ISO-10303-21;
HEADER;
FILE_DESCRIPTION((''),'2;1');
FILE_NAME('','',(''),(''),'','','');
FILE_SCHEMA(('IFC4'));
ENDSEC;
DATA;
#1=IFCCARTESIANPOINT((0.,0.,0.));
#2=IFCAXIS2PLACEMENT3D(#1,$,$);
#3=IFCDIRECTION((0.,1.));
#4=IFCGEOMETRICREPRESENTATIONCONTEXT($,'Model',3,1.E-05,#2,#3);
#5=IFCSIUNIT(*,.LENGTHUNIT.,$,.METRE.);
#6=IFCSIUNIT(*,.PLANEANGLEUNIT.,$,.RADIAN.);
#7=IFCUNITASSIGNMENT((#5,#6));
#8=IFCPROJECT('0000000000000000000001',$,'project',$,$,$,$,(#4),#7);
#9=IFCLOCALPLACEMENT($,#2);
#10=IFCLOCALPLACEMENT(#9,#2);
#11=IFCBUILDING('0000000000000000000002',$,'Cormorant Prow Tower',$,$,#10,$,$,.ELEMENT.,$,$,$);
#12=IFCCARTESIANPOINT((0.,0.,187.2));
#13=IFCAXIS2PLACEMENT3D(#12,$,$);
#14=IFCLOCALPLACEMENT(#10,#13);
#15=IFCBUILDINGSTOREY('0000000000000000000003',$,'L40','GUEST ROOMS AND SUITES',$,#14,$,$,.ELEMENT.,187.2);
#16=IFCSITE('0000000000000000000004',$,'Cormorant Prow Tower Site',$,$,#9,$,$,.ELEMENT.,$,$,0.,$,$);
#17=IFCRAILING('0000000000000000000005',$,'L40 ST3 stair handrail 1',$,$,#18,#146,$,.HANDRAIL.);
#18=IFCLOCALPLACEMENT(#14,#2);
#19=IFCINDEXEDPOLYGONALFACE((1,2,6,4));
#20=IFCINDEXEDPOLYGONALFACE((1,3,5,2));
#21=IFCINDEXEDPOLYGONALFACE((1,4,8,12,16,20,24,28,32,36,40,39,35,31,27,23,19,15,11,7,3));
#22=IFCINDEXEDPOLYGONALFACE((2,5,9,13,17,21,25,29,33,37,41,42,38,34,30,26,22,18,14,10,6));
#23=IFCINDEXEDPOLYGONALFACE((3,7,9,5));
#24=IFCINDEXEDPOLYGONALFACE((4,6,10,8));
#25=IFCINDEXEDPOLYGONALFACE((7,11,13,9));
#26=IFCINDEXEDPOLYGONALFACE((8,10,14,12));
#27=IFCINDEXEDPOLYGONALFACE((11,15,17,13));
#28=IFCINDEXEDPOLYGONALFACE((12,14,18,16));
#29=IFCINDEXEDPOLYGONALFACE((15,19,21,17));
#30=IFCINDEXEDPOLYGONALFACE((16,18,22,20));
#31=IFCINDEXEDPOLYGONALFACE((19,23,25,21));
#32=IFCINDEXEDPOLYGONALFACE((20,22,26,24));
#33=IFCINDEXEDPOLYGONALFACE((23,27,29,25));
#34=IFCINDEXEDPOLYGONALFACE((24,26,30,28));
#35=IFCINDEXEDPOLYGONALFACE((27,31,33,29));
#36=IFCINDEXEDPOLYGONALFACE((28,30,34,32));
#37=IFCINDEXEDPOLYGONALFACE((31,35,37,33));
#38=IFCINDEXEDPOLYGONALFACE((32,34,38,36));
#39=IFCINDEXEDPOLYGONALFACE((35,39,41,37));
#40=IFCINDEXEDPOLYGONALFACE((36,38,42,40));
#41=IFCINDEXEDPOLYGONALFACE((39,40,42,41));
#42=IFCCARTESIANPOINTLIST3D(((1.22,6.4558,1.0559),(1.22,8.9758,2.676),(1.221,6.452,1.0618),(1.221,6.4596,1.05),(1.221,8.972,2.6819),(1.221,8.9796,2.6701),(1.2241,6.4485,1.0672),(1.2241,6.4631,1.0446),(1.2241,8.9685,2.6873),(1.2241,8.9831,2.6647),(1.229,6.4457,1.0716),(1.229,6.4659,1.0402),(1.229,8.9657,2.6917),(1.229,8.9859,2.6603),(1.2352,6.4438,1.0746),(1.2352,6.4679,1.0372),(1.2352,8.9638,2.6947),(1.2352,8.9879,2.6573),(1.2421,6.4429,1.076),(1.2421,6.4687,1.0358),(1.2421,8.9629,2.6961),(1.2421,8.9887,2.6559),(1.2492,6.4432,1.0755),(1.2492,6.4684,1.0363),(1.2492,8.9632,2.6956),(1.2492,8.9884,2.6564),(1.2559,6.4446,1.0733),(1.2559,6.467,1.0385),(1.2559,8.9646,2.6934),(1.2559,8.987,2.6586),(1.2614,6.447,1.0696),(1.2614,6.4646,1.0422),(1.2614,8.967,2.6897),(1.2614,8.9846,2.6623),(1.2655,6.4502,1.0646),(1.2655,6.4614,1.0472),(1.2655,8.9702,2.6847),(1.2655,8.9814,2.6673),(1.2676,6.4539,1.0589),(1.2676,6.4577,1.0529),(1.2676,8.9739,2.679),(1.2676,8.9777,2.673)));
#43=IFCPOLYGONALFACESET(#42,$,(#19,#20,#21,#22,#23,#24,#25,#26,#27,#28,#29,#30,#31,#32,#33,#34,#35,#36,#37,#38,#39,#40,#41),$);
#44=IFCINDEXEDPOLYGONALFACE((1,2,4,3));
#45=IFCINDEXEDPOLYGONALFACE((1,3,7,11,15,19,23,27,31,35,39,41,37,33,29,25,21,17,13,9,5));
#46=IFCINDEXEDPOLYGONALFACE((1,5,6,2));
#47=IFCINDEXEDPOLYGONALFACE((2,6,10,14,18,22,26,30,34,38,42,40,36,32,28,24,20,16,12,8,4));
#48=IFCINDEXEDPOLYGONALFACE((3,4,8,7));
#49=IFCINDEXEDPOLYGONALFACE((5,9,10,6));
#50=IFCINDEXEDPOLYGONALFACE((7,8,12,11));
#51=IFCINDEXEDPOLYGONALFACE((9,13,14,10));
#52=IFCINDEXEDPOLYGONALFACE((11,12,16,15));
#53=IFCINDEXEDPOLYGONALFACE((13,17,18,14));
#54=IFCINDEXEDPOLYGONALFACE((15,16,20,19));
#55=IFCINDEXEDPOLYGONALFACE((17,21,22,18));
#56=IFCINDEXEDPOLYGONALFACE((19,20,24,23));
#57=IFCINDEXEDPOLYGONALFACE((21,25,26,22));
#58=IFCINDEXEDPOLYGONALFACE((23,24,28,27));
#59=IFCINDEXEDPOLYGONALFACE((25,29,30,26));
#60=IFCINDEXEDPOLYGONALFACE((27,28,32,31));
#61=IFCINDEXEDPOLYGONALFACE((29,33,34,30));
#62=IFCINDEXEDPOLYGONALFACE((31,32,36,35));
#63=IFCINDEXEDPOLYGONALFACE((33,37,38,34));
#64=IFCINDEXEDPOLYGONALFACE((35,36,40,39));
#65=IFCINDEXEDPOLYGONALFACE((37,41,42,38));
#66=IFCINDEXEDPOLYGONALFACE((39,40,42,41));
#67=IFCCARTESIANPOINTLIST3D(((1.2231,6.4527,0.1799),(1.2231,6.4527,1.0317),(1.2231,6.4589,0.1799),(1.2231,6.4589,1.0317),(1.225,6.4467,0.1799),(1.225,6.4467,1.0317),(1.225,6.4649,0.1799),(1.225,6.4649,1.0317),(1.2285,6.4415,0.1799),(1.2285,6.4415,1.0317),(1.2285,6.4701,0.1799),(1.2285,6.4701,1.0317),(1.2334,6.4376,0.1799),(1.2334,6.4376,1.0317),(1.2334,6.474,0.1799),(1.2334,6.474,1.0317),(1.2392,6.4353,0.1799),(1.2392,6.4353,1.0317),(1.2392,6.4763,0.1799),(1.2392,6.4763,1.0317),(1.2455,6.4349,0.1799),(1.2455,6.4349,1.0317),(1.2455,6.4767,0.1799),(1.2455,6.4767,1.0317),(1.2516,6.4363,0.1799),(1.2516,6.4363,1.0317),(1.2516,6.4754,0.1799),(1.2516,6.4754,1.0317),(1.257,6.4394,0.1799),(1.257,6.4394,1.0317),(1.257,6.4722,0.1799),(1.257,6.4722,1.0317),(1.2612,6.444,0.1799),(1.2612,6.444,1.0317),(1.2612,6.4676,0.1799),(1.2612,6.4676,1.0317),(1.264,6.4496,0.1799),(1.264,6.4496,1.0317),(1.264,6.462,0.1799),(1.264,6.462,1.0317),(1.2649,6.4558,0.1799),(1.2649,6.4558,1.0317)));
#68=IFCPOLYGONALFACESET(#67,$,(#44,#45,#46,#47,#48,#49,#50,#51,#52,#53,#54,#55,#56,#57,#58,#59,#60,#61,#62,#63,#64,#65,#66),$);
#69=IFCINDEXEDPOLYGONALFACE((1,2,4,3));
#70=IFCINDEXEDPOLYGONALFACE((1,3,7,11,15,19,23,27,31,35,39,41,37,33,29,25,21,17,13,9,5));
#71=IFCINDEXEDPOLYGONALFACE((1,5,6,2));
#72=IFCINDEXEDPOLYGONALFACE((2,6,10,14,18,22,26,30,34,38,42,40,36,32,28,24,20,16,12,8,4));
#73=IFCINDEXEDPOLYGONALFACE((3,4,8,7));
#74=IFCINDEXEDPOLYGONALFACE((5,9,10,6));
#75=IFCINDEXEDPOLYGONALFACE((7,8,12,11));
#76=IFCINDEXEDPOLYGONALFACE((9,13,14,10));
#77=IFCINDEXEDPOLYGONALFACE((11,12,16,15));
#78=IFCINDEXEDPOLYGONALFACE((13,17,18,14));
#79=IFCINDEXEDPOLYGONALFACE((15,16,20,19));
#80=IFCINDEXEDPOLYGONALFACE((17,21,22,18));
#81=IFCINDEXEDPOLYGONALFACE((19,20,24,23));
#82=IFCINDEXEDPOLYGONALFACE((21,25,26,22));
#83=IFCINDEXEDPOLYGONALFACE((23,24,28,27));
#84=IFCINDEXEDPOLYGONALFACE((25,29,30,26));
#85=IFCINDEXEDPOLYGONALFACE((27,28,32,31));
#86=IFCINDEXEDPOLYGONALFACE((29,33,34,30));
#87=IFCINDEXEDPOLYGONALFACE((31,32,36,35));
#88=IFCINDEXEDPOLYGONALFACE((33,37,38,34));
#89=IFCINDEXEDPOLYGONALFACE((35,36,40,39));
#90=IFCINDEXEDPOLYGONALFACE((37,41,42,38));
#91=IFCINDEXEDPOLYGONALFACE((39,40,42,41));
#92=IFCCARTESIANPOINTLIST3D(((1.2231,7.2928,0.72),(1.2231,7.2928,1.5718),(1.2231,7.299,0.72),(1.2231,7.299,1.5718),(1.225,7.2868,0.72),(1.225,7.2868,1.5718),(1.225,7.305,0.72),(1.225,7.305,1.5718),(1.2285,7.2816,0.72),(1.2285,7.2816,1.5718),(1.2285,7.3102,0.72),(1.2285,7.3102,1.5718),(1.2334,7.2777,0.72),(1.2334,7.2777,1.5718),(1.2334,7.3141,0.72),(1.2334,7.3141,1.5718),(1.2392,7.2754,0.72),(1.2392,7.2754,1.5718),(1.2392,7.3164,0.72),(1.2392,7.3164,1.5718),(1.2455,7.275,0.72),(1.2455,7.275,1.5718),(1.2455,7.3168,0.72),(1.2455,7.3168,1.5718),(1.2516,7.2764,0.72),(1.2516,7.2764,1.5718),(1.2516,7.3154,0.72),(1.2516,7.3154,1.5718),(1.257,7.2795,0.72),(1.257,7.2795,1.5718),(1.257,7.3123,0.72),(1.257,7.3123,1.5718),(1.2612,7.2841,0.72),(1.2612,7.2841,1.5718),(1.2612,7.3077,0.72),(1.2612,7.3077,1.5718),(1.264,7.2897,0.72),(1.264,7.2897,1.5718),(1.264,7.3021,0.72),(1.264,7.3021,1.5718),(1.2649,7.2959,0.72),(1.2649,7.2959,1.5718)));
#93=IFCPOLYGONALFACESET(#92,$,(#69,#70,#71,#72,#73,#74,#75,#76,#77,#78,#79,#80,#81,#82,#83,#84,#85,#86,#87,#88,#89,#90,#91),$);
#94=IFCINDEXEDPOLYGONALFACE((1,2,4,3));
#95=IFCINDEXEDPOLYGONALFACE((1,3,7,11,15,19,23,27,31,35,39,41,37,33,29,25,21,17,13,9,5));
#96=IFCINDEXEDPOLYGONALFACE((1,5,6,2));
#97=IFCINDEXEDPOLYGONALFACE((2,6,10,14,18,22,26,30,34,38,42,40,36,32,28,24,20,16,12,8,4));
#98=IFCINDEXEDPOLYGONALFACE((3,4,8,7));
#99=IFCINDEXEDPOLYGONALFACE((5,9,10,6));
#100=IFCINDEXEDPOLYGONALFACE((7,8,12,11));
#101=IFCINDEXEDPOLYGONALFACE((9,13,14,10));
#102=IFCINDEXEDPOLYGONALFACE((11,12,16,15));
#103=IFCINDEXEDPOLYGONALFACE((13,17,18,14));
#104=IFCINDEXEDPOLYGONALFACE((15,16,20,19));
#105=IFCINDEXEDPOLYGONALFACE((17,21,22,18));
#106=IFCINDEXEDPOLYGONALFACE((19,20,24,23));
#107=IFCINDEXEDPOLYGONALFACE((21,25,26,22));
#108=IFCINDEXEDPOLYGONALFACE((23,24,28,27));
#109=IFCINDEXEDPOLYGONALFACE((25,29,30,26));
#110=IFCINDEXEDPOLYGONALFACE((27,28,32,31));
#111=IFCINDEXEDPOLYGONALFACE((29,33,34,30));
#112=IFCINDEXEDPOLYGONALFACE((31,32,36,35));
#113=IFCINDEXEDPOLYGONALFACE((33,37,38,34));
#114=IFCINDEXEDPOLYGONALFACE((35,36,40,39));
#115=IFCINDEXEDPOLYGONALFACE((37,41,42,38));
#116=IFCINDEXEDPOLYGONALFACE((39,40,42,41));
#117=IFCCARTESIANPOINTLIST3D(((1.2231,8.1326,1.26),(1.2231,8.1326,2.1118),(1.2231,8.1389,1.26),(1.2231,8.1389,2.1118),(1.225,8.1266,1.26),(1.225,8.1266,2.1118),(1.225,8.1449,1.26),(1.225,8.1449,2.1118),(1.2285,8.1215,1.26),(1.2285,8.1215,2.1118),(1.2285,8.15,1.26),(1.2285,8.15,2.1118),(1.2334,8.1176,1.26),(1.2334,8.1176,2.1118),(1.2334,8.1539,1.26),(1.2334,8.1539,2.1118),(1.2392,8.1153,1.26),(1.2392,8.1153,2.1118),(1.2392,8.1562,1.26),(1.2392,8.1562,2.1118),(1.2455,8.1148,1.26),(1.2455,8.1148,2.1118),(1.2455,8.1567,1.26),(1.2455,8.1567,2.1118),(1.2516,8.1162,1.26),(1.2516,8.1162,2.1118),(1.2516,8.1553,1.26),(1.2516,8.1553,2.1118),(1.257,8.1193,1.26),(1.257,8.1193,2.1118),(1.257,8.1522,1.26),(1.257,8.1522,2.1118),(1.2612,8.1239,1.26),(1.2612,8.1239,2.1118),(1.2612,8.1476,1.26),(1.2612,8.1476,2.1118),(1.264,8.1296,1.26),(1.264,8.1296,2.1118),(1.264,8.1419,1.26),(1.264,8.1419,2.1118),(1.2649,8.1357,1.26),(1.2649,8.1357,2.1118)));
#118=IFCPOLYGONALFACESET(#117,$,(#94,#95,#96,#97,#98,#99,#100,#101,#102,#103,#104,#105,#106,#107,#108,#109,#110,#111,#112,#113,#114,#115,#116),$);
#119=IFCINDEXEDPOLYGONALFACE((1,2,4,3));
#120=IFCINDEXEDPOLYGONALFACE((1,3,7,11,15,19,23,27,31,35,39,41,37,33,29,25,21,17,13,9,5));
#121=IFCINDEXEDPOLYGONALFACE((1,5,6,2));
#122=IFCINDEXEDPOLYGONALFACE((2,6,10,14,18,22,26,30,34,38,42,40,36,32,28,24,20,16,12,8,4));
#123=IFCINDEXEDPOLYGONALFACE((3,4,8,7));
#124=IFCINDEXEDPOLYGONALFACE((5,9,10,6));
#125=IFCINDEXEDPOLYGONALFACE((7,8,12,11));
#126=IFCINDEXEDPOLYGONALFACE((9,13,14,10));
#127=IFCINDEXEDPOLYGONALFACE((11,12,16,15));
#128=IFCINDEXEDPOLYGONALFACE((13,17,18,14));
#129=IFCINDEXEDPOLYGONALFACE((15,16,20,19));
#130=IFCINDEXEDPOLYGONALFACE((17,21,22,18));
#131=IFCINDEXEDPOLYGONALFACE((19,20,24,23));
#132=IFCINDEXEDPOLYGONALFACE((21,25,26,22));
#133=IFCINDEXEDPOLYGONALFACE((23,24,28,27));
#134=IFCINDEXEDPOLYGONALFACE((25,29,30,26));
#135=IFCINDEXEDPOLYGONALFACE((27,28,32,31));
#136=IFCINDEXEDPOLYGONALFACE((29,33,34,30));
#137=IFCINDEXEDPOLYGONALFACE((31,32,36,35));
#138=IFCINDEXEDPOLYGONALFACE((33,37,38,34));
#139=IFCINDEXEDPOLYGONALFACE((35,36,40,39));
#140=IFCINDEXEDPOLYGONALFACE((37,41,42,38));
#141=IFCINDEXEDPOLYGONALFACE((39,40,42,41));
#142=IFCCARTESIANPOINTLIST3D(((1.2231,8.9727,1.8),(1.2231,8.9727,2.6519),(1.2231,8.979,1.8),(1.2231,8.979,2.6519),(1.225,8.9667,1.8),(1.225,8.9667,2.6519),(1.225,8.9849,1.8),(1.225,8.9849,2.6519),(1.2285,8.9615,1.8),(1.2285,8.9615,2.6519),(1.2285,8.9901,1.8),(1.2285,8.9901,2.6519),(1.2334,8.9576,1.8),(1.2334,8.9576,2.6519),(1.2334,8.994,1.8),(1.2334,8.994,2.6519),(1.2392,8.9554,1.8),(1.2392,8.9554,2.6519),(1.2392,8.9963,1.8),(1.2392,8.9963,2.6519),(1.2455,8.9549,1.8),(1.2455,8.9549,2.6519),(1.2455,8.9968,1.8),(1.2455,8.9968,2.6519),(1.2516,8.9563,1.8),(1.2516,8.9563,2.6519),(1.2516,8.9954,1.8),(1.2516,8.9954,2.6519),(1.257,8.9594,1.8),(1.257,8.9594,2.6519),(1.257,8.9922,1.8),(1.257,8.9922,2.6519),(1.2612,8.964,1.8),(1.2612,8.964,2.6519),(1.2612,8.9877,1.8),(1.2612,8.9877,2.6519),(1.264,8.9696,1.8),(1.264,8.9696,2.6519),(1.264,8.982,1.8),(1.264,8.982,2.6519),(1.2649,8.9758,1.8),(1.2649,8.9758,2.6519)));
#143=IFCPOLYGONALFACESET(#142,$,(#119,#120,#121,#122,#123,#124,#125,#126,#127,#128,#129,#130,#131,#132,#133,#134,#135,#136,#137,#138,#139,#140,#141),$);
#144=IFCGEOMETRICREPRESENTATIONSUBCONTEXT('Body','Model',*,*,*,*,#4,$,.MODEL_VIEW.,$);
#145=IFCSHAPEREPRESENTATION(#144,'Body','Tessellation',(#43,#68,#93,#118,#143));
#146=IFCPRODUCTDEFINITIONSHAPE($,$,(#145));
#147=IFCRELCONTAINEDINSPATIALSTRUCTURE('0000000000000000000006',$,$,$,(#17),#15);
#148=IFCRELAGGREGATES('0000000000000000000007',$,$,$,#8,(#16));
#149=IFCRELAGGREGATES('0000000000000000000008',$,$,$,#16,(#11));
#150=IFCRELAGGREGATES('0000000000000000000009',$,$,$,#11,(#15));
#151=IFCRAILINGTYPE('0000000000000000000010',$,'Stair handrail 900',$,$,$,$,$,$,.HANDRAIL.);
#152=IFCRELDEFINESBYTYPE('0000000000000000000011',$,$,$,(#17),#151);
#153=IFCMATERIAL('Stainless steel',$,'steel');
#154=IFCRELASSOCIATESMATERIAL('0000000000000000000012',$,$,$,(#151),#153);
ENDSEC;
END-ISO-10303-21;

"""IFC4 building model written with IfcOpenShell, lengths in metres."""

from ifc_helpers import new_model, si_unit, direction, frame, origin, origin_2d, place, context, subcontext, project, spatial, circle, extrude, material, type_object, element, save


model = new_model("IFC4")

# Units and contexts
model_context = context("Model", 3, precision=1e-05, world=origin(), true_north=direction((0.0, 1.0)))
body_context = subcontext(model_context, "Body", "Model", "MODEL_VIEW")
ifc_project = project(units=[si_unit("LENGTHUNIT", "METRE"), si_unit("PLANEANGLEUNIT", "RADIAN")], contexts=[model_context])

# Site, building, storey
site_placement = place(None, origin())
site = spatial("IfcSite", under=ifc_project, at=site_placement, Name="Cormorant Prow Tower Site", CompositionType="ELEMENT", RefElevation=0.0)
building_placement = place(site_placement, origin())
building = spatial("IfcBuilding", under=site, at=building_placement, Name="Cormorant Prow Tower", CompositionType="ELEMENT")
storey_placement = place(building_placement, frame((0.0, 0.0, 187.2)))
storey = spatial("IfcBuildingStorey", under=building, at=storey_placement, Name="L40", Description="GUEST ROOMS AND SUITES", CompositionType="ELEMENT", Elevation=187.2)

# Railing
ifc_material_1 = material(Name="Stainless steel", Category="steel")
railing_type_1 = type_object("IfcRailingType", Name="Stair handrail 900", PredefinedType="HANDRAIL", material=ifc_material_1)
railing_1_placement = place(storey_placement, frame((1.2439, 6.4558, 0.1799)))
element("IfcRailing", 1, at=railing_1_placement, inside=storey, type_object=railing_type_1, Name="L40 ST3 stair handrail 1", PredefinedType="HANDRAIL", context=body_context, shape_type="SweptSolid", body=[
    extrude(circle(Radius=0.0239, at=origin_2d()), frame((0.0, 0.0, 0.876), z_axis=(0.0, 0.841163, 0.540782), x_axis=(-1.0, 0.0, 0.0)), (0.0, 0.0, 1.0), 2.9958),
    extrude(circle(Radius=0.021, at=origin_2d()), origin(), (0.0, 0.0, 1.0), 0.8518),
    extrude(circle(Radius=0.021, at=origin_2d()), frame((0.0, 0.8401, 0.54)), (0.0, 0.0, 1.0), 0.8518),
    extrude(circle(Radius=0.021, at=origin_2d()), frame((0.0, 1.6799, 1.0801)), (0.0, 0.0, 1.0), 0.8518),
    extrude(circle(Radius=0.021, at=origin_2d()), frame((0.0, 2.52, 1.6201)), (0.0, 0.0, 1.0), 0.8518),
])

save(model, "model.ifc")
